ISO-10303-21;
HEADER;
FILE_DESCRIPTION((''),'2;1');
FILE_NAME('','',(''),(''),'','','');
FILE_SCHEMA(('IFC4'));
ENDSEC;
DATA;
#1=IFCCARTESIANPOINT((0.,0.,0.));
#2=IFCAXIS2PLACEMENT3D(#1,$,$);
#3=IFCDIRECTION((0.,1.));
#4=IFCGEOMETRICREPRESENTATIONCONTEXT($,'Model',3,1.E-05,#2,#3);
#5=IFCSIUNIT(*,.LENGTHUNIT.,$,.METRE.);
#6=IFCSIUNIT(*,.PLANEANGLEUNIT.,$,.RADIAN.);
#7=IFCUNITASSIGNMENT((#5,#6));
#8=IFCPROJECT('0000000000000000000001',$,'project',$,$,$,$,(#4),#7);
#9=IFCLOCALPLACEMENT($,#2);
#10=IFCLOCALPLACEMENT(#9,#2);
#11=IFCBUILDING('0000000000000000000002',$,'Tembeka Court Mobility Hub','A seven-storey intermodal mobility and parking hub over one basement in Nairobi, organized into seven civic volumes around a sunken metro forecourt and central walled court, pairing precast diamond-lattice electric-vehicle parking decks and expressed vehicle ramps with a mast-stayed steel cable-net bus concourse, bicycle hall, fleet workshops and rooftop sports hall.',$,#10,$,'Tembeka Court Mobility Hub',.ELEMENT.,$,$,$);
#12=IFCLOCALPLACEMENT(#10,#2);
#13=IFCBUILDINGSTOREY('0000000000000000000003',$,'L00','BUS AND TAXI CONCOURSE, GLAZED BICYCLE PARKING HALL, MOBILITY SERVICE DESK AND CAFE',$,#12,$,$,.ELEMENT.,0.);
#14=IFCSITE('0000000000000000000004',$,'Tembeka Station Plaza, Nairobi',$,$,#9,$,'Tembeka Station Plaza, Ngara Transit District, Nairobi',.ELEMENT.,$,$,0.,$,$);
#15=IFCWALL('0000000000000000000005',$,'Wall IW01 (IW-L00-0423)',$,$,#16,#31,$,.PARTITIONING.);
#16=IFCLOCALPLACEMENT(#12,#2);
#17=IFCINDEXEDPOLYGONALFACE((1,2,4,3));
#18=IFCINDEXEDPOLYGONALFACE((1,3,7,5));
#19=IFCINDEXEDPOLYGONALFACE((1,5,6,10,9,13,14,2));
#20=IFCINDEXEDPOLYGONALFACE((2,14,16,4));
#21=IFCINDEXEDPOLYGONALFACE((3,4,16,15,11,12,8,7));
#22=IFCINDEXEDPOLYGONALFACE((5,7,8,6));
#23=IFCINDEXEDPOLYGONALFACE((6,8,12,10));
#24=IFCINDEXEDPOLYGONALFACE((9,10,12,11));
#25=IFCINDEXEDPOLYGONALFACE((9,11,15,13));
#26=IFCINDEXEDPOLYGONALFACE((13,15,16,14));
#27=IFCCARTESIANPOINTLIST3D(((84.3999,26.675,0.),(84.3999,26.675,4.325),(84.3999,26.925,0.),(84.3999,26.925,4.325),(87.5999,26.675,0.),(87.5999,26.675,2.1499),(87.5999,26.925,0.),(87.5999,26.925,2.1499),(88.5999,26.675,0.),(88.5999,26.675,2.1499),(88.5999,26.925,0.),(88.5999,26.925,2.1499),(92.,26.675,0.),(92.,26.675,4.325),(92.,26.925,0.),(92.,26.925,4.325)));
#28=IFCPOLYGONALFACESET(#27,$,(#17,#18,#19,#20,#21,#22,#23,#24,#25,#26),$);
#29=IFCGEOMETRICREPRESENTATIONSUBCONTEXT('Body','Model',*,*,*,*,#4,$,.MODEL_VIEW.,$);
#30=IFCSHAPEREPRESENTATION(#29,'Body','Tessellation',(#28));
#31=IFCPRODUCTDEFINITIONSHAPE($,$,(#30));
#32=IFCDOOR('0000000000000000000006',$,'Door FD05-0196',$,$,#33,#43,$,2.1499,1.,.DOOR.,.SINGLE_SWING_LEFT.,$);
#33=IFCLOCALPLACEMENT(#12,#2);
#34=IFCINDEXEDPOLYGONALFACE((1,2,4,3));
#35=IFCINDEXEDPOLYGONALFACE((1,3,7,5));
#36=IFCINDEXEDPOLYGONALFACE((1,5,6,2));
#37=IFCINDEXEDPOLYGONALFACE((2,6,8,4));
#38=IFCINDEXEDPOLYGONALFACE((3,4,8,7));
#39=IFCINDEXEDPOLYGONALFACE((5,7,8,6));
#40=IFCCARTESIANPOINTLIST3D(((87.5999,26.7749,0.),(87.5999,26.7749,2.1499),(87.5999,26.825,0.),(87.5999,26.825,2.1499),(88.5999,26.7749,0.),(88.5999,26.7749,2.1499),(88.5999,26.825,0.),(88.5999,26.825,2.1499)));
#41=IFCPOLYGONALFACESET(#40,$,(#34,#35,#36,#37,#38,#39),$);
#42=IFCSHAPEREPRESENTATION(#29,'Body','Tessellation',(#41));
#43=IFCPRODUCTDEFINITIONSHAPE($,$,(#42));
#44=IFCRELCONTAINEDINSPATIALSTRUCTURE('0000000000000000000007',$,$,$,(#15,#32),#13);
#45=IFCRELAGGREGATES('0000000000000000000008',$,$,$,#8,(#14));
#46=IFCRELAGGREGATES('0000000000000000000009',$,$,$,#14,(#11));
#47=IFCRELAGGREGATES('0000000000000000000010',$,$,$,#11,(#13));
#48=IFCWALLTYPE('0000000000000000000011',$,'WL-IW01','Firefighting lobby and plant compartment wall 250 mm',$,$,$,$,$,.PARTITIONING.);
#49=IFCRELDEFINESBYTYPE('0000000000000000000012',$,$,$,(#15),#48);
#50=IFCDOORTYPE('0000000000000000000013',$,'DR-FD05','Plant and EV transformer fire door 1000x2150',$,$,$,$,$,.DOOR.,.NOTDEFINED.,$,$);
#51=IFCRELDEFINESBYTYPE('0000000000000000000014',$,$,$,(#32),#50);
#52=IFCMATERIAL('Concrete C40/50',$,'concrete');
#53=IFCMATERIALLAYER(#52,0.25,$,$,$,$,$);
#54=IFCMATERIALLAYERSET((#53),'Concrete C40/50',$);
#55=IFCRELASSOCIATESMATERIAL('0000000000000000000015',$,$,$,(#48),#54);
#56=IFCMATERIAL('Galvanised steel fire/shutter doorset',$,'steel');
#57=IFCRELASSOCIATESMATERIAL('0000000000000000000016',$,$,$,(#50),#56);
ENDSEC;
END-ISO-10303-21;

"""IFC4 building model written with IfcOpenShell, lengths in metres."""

from ifc_helpers import new_model, si_unit, direction, frame, frame_2d, origin, place, context, subcontext, project, spatial, rectangle, extrude, material, layer, layer_set, type_object, element, fill, save


model = new_model("IFC4")

# Units and contexts
model_context = context("Model", 3, precision=1e-05, world=origin(), true_north=direction((0.0, 1.0)))
body_context = subcontext(model_context, "Body", "Model", "MODEL_VIEW")
ifc_project = project(units=[si_unit("LENGTHUNIT", "METRE"), si_unit("PLANEANGLEUNIT", "RADIAN")], contexts=[model_context])

# Site, building, storey
site_placement = place(None, origin())
site = spatial("IfcSite", under=ifc_project, at=site_placement, Name="Tembeka Station Plaza, Nairobi", LongName="Tembeka Station Plaza, Ngara Transit District, Nairobi", CompositionType="ELEMENT", RefElevation=0.0)
building_placement = place(site_placement, origin())
building = spatial("IfcBuilding", under=site, at=building_placement, Name="Tembeka Court Mobility Hub", Description="A seven-storey intermodal mobility and parking hub over one basement in Nairobi, organized into seven civic volumes around a sunken metro forecourt and central walled court, pairing precast diamond-lattice electric-vehicle parking decks and expressed vehicle ramps with a mast-stayed steel cable-net bus concourse, bicycle hall, fleet workshops and rooftop sports hall.", LongName="Tembeka Court Mobility Hub", CompositionType="ELEMENT")
storey_placement = place(building_placement, origin())
storey = spatial("IfcBuildingStorey", under=building, at=storey_placement, Name="L00", Description="BUS AND TAXI CONCOURSE, GLAZED BICYCLE PARKING HALL, MOBILITY SERVICE DESK AND CAFE", CompositionType="ELEMENT", Elevation=0.0)

# Wall, opening, door
ifc_material_1 = material(Name="Concrete C40/50", Category="concrete")
ifc_layer_1 = layer(ifc_material_1, 0.25)
ifc_layer_set_1 = layer_set([ifc_layer_1], Name="Concrete C40/50")
wall_type = type_object("IfcWallType", Name="WL-IW01", Description="Firefighting lobby and plant compartment wall 250 mm", PredefinedType="PARTITIONING", material=ifc_layer_set_1)
wall_placement = place(storey_placement, frame((84.3999, 26.8, 0.0), z_axis=(0.0, 0.0, 1.0), x_axis=(1.0, 0.0, 0.0)))
wall = element("IfcWall", 1, at=wall_placement, inside=storey, type_object=wall_type, Name="Wall IW01 (IW-L00-0423)", PredefinedType="PARTITIONING", context=body_context, shape_type="SweptSolid", body=[
    extrude(rectangle(XDim=7.6001, YDim=0.25, at=frame_2d((3.8, 0.0))), origin(), (0.0, 0.0, 1.0), 4.325),
])
opening_placement = place(wall_placement, frame((3.2, 0.0, 0.0)))
opening = element("IfcOpeningElement", 2, at=opening_placement, cuts=wall, PredefinedType="OPENING", context=body_context, shape_type="SweptSolid", body=[
    extrude(rectangle(XDim=1.0, YDim=2.1499, at=frame_2d((0.5, 1.075))), frame((0.0, 0.135, 0.0), z_axis=(0.0, -1.0, 0.0), x_axis=(1.0, 0.0, 0.0)), (0.0, 0.0, 1.0), 0.27),
])
ifc_material_2 = material(Name="Galvanised steel fire/shutter doorset", Category="steel")
door_type = type_object("IfcDoorType", Name="DR-FD05", Description="Plant and EV transformer fire door 1000x2150", OperationType="NOTDEFINED", PredefinedType="DOOR", material=ifc_material_2)
door_placement = place(opening_placement, origin())
door = element("IfcDoor", 3, at=door_placement, inside=storey, type_object=door_type, Name="Door FD05-0196", OperationType="SINGLE_SWING_LEFT", OverallHeight=2.1499, OverallWidth=1.0, PredefinedType="DOOR", context=body_context, shape_type="SweptSolid", body=[
    extrude(rectangle(XDim=1.0, YDim=2.1499, at=frame_2d((0.5, 1.075))), frame((0.0, 0.0249, 0.0), z_axis=(0.0, -1.0, 0.0), x_axis=(1.0, 0.0, 0.0)), (0.0, 0.0, 1.0), 0.05),
])
fill(opening, door)

save(model, "model.ifc")
